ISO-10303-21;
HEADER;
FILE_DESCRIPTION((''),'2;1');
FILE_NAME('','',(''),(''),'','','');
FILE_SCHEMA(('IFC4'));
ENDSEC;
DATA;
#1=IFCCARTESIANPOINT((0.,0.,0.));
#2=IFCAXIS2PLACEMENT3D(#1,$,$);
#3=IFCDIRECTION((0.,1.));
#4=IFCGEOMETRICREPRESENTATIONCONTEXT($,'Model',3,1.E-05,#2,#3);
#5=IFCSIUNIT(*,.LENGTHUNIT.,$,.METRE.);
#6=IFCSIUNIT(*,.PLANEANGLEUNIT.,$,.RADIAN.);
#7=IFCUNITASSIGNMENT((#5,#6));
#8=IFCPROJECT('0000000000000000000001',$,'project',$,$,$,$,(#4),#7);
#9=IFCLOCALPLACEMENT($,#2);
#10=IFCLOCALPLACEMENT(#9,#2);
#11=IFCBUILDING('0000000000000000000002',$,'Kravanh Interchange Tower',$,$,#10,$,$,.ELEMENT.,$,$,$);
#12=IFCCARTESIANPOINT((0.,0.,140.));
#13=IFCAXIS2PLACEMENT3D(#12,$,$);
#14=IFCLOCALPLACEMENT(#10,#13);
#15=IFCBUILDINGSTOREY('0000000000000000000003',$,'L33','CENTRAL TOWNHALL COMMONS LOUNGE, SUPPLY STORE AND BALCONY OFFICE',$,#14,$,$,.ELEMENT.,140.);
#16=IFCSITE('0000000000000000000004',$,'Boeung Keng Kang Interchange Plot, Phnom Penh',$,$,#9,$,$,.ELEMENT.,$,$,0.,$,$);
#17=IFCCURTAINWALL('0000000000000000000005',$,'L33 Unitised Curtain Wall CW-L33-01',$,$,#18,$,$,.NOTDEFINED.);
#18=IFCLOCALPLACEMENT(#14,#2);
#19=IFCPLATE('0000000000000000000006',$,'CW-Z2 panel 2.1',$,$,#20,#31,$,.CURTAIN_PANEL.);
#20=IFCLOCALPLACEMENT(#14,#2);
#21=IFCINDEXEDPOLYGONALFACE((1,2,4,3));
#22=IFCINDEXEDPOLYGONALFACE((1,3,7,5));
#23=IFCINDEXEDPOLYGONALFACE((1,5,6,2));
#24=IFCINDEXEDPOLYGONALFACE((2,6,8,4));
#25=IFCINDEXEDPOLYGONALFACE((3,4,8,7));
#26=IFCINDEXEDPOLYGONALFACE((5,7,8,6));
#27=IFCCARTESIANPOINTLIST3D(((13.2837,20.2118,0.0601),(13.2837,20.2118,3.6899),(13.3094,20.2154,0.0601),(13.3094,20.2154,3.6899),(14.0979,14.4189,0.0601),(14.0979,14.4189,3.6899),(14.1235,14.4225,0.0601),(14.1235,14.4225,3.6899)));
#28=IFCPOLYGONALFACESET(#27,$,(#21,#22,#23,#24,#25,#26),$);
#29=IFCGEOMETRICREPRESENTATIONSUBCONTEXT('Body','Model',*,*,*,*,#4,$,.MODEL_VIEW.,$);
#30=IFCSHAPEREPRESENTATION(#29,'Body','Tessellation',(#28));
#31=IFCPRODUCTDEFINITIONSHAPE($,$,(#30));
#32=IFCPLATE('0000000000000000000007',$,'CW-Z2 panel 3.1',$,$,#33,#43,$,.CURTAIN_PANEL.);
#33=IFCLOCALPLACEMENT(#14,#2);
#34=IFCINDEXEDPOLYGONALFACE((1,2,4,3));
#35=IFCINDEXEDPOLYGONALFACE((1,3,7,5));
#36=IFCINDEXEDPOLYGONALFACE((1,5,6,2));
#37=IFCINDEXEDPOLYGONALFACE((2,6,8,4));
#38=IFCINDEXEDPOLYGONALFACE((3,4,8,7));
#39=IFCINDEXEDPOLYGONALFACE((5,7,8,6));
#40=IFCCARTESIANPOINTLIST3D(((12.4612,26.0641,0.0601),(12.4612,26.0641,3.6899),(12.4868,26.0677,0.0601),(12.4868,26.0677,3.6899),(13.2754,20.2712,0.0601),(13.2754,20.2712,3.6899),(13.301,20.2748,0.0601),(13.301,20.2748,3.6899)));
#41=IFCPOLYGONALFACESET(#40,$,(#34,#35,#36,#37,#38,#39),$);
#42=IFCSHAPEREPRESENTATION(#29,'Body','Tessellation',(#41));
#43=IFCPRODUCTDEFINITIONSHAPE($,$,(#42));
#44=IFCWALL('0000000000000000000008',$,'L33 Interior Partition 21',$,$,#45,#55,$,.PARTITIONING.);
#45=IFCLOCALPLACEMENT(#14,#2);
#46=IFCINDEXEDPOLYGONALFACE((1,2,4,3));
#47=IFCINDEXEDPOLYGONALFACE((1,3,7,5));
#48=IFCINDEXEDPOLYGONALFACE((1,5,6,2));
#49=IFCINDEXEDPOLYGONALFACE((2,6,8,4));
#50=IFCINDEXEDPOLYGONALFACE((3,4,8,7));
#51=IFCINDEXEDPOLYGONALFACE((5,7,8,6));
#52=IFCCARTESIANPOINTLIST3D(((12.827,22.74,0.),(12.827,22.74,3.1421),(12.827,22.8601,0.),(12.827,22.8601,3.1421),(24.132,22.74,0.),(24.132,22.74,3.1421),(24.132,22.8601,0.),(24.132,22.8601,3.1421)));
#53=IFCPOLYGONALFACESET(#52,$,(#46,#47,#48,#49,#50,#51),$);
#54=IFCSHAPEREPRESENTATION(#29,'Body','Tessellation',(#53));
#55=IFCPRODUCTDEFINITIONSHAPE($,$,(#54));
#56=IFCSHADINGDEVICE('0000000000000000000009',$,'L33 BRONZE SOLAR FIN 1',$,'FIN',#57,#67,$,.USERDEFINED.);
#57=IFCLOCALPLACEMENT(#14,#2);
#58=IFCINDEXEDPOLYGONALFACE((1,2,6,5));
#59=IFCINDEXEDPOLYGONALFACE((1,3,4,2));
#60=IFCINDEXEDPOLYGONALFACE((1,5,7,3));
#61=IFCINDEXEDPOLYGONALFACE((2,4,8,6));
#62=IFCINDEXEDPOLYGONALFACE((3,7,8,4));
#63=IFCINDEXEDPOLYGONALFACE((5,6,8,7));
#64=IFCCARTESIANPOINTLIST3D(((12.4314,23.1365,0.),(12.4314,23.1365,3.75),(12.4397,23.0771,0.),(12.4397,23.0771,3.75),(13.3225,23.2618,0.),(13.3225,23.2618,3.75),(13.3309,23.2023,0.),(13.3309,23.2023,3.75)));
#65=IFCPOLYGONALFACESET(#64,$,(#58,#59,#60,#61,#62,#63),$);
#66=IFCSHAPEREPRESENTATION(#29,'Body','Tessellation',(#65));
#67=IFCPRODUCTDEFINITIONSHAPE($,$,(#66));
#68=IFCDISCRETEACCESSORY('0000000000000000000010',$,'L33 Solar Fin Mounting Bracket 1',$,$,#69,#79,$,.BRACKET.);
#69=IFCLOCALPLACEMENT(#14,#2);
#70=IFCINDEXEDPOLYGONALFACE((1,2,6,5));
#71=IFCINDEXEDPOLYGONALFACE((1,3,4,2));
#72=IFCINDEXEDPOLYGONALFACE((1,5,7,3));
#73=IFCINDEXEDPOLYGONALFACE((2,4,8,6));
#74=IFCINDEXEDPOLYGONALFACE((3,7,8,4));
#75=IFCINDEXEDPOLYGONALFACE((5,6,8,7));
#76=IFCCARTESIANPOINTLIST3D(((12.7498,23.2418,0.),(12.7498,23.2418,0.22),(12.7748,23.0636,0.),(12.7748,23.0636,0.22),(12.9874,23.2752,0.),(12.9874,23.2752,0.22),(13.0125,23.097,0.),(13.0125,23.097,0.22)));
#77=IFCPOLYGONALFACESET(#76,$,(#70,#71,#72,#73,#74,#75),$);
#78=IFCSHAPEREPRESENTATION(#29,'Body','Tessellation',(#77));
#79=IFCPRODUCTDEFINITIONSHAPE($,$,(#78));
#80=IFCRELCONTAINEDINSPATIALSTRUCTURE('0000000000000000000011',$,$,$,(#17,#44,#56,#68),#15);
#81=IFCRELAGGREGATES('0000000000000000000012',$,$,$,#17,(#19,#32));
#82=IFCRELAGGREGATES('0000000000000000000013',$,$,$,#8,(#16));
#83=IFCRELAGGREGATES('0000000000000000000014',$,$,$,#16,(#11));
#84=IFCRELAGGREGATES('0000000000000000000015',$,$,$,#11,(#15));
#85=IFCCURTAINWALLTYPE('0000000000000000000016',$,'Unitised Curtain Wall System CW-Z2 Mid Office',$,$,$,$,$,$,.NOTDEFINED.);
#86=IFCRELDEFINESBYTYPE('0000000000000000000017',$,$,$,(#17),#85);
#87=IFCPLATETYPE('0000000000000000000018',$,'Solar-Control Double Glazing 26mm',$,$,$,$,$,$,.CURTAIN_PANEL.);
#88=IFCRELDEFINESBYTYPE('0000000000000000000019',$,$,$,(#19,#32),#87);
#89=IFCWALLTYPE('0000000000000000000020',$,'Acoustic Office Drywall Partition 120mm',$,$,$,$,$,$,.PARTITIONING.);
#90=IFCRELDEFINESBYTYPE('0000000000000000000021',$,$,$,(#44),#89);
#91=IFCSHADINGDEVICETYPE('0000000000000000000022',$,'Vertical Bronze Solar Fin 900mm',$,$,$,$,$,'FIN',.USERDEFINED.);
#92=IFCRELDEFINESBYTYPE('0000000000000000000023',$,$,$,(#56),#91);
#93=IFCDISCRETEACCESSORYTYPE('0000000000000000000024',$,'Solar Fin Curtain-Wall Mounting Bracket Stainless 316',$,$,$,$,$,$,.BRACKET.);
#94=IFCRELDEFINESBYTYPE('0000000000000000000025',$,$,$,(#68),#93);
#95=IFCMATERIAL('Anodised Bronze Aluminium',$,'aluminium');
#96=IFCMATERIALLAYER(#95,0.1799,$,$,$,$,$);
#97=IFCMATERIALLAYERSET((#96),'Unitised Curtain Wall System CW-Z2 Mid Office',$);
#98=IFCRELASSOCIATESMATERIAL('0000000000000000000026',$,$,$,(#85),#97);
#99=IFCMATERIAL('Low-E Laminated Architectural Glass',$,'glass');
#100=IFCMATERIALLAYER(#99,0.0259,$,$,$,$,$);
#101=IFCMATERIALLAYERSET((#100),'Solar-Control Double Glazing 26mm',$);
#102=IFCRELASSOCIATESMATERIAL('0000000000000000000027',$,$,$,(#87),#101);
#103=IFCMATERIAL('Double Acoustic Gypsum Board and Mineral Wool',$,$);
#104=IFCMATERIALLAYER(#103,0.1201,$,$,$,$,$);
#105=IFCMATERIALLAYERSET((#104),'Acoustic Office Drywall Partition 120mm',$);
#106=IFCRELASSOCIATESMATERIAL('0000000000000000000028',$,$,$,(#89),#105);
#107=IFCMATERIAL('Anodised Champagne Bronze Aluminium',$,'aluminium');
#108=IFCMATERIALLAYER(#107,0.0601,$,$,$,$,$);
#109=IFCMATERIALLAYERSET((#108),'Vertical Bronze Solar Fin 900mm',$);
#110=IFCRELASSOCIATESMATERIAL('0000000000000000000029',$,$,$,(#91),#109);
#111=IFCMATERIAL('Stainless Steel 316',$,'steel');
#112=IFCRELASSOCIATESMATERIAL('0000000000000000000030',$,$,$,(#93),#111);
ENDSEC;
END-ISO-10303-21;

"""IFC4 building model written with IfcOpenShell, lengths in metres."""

from ifc_helpers import new_model, si_unit, direction, frame, frame_2d, origin, origin_2d, place, context, subcontext, project, spatial, rectangle, extrude, material, layer, layer_set, type_object, element, aggregate, save


model = new_model("IFC4")

# Units and contexts
model_context = context("Model", 3, precision=1e-05, world=origin(), true_north=direction((0.0, 1.0)))
body_context = subcontext(model_context, "Body", "Model", "MODEL_VIEW")
ifc_project = project(units=[si_unit("LENGTHUNIT", "METRE"), si_unit("PLANEANGLEUNIT", "RADIAN")], contexts=[model_context])

# Site, building, storey
site_placement = place(None, origin())
site = spatial("IfcSite", under=ifc_project, at=site_placement, Name="Boeung Keng Kang Interchange Plot, Phnom Penh", CompositionType="ELEMENT", RefElevation=0.0)
building_placement = place(site_placement, origin())
building = spatial("IfcBuilding", under=site, at=building_placement, Name="Kravanh Interchange Tower", CompositionType="ELEMENT")
storey_placement = place(building_placement, frame((0.0, 0.0, 140.0)))
storey = spatial("IfcBuildingStorey", under=building, at=storey_placement, Name="L33", Description="CENTRAL TOWNHALL COMMONS LOUNGE, SUPPLY STORE AND BALCONY OFFICE", CompositionType="ELEMENT", Elevation=140.0)

# Curtain wall
ifc_material_1 = material(Name="Anodised Bronze Aluminium", Category="aluminium")
ifc_layer_1 = layer(ifc_material_1, 0.1799)
ifc_layer_set_1 = layer_set([ifc_layer_1], Name="Unitised Curtain Wall System CW-Z2 Mid Office")
curtain_wall_type = type_object("IfcCurtainWallType", Name="Unitised Curtain Wall System CW-Z2 Mid Office", PredefinedType="NOTDEFINED", material=ifc_layer_set_1)
curtain_wall_placement = place(storey_placement, origin())
curtain_wall = element("IfcCurtainWall", 1, at=curtain_wall_placement, inside=storey, type_object=curtain_wall_type, Name="L33 Unitised Curtain Wall CW-L33-01", PredefinedType="NOTDEFINED")

# Plates
ifc_material_2 = material(Name="Low-E Laminated Architectural Glass", Category="glass")
ifc_layer_2 = layer(ifc_material_2, 0.0259)
ifc_layer_set_2 = layer_set([ifc_layer_2], Name="Solar-Control Double Glazing 26mm")
plate_type = type_object("IfcPlateType", Name="Solar-Control Double Glazing 26mm", PredefinedType="CURTAIN_PANEL", material=ifc_layer_set_2)
plate_1_placement = place(storey_placement, frame((13.7036, 17.3171, 0.0601), z_axis=(0.0, 0.0, 1.0), x_axis=(-0.139173, 0.990268, 0.0)))
plate_1 = element("IfcPlate", 2, at=plate_1_placement, type_object=plate_type, Name="CW-Z2 panel 2.1", PredefinedType="CURTAIN_PANEL", context=body_context, shape_type="SweptSolid", body=[
    extrude(rectangle(XDim=5.8499, YDim=0.0259, at=origin_2d()), origin(), (0.0, 0.0, 1.0), 3.6299),
])
plate_2_placement = place(storey_placement, frame((12.8811, 23.1694, 0.0601), z_axis=(0.0, 0.0, 1.0), x_axis=(-0.139173, 0.990268, 0.0)))
plate_2 = element("IfcPlate", 3, at=plate_2_placement, type_object=plate_type, Name="CW-Z2 panel 3.1", PredefinedType="CURTAIN_PANEL", context=body_context, shape_type="SweptSolid", body=[
    extrude(rectangle(XDim=5.8499, YDim=0.0259, at=origin_2d()), origin(), (0.0, 0.0, 1.0), 3.6299),
])
aggregate(curtain_wall, [plate_1, plate_2])

# Wall
ifc_material_3 = material(Name="Double Acoustic Gypsum Board and Mineral Wool")
ifc_layer_3 = layer(ifc_material_3, 0.1201)
ifc_layer_set_3 = layer_set([ifc_layer_3], Name="Acoustic Office Drywall Partition 120mm")
wall_type = type_object("IfcWallType", Name="Acoustic Office Drywall Partition 120mm", PredefinedType="PARTITIONING", material=ifc_layer_set_3)
wall_placement = place(storey_placement, frame((12.8271, 22.8, 0.0), z_axis=(0.0, 0.0, 1.0), x_axis=(1.0, 0.0, 0.0)))
element("IfcWall", 4, at=wall_placement, inside=storey, type_object=wall_type, Name="L33 Interior Partition 21", PredefinedType="PARTITIONING", context=body_context, shape_type="SweptSolid", body=[
    extrude(rectangle(XDim=11.3049, YDim=0.1201, at=frame_2d((5.6523, 0.0))), origin(), (0.0, 0.0, 1.0), 3.1421),
])

# Shading device
ifc_material_4 = material(Name="Anodised Champagne Bronze Aluminium", Category="aluminium")
ifc_layer_4 = layer(ifc_material_4, 0.0601)
ifc_layer_set_4 = layer_set([ifc_layer_4], Name="Vertical Bronze Solar Fin 900mm")
shading_device_type = type_object("IfcShadingDeviceType", Name="Vertical Bronze Solar Fin 900mm", ElementType="FIN", PredefinedType="USERDEFINED", material=ifc_layer_set_4)
shading_device_placement = place(storey_placement, frame((12.8811, 23.1694, 0.0), z_axis=(0.0, 0.0, 1.0), x_axis=(-0.990268, -0.139173, 0.0)))
element("IfcShadingDevice", 5, at=shading_device_placement, inside=storey, type_object=shading_device_type, Name="L33 BRONZE SOLAR FIN 1", ObjectType="FIN", PredefinedType="USERDEFINED", context=body_context, shape_type="SweptSolid", body=[
    extrude(rectangle(XDim=0.8999, YDim=0.0601, at=origin_2d()), origin(), (0.0, 0.0, 1.0), 3.75),
])

# Discrete accessory
ifc_material_5 = material(Name="Stainless Steel 316", Category="steel")
discrete_accessory_type = type_object("IfcDiscreteAccessoryType", Name="Solar Fin Curtain-Wall Mounting Bracket Stainless 316", PredefinedType="BRACKET", material=ifc_material_5)
discrete_accessory_placement = place(storey_placement, frame((12.8811, 23.1694, 0.0), z_axis=(0.0, 0.0, 1.0), x_axis=(-0.990268, -0.139173, 0.0)))
element("IfcDiscreteAccessory", 6, at=discrete_accessory_placement, inside=storey, type_object=discrete_accessory_type, Name="L33 Solar Fin Mounting Bracket 1", PredefinedType="BRACKET", context=body_context, shape_type="SweptSolid", body=[
    extrude(rectangle(XDim=0.24, YDim=0.1799, at=origin_2d()), origin(), (0.0, 0.0, 1.0), 0.22),
])

save(model, "model.ifc")
